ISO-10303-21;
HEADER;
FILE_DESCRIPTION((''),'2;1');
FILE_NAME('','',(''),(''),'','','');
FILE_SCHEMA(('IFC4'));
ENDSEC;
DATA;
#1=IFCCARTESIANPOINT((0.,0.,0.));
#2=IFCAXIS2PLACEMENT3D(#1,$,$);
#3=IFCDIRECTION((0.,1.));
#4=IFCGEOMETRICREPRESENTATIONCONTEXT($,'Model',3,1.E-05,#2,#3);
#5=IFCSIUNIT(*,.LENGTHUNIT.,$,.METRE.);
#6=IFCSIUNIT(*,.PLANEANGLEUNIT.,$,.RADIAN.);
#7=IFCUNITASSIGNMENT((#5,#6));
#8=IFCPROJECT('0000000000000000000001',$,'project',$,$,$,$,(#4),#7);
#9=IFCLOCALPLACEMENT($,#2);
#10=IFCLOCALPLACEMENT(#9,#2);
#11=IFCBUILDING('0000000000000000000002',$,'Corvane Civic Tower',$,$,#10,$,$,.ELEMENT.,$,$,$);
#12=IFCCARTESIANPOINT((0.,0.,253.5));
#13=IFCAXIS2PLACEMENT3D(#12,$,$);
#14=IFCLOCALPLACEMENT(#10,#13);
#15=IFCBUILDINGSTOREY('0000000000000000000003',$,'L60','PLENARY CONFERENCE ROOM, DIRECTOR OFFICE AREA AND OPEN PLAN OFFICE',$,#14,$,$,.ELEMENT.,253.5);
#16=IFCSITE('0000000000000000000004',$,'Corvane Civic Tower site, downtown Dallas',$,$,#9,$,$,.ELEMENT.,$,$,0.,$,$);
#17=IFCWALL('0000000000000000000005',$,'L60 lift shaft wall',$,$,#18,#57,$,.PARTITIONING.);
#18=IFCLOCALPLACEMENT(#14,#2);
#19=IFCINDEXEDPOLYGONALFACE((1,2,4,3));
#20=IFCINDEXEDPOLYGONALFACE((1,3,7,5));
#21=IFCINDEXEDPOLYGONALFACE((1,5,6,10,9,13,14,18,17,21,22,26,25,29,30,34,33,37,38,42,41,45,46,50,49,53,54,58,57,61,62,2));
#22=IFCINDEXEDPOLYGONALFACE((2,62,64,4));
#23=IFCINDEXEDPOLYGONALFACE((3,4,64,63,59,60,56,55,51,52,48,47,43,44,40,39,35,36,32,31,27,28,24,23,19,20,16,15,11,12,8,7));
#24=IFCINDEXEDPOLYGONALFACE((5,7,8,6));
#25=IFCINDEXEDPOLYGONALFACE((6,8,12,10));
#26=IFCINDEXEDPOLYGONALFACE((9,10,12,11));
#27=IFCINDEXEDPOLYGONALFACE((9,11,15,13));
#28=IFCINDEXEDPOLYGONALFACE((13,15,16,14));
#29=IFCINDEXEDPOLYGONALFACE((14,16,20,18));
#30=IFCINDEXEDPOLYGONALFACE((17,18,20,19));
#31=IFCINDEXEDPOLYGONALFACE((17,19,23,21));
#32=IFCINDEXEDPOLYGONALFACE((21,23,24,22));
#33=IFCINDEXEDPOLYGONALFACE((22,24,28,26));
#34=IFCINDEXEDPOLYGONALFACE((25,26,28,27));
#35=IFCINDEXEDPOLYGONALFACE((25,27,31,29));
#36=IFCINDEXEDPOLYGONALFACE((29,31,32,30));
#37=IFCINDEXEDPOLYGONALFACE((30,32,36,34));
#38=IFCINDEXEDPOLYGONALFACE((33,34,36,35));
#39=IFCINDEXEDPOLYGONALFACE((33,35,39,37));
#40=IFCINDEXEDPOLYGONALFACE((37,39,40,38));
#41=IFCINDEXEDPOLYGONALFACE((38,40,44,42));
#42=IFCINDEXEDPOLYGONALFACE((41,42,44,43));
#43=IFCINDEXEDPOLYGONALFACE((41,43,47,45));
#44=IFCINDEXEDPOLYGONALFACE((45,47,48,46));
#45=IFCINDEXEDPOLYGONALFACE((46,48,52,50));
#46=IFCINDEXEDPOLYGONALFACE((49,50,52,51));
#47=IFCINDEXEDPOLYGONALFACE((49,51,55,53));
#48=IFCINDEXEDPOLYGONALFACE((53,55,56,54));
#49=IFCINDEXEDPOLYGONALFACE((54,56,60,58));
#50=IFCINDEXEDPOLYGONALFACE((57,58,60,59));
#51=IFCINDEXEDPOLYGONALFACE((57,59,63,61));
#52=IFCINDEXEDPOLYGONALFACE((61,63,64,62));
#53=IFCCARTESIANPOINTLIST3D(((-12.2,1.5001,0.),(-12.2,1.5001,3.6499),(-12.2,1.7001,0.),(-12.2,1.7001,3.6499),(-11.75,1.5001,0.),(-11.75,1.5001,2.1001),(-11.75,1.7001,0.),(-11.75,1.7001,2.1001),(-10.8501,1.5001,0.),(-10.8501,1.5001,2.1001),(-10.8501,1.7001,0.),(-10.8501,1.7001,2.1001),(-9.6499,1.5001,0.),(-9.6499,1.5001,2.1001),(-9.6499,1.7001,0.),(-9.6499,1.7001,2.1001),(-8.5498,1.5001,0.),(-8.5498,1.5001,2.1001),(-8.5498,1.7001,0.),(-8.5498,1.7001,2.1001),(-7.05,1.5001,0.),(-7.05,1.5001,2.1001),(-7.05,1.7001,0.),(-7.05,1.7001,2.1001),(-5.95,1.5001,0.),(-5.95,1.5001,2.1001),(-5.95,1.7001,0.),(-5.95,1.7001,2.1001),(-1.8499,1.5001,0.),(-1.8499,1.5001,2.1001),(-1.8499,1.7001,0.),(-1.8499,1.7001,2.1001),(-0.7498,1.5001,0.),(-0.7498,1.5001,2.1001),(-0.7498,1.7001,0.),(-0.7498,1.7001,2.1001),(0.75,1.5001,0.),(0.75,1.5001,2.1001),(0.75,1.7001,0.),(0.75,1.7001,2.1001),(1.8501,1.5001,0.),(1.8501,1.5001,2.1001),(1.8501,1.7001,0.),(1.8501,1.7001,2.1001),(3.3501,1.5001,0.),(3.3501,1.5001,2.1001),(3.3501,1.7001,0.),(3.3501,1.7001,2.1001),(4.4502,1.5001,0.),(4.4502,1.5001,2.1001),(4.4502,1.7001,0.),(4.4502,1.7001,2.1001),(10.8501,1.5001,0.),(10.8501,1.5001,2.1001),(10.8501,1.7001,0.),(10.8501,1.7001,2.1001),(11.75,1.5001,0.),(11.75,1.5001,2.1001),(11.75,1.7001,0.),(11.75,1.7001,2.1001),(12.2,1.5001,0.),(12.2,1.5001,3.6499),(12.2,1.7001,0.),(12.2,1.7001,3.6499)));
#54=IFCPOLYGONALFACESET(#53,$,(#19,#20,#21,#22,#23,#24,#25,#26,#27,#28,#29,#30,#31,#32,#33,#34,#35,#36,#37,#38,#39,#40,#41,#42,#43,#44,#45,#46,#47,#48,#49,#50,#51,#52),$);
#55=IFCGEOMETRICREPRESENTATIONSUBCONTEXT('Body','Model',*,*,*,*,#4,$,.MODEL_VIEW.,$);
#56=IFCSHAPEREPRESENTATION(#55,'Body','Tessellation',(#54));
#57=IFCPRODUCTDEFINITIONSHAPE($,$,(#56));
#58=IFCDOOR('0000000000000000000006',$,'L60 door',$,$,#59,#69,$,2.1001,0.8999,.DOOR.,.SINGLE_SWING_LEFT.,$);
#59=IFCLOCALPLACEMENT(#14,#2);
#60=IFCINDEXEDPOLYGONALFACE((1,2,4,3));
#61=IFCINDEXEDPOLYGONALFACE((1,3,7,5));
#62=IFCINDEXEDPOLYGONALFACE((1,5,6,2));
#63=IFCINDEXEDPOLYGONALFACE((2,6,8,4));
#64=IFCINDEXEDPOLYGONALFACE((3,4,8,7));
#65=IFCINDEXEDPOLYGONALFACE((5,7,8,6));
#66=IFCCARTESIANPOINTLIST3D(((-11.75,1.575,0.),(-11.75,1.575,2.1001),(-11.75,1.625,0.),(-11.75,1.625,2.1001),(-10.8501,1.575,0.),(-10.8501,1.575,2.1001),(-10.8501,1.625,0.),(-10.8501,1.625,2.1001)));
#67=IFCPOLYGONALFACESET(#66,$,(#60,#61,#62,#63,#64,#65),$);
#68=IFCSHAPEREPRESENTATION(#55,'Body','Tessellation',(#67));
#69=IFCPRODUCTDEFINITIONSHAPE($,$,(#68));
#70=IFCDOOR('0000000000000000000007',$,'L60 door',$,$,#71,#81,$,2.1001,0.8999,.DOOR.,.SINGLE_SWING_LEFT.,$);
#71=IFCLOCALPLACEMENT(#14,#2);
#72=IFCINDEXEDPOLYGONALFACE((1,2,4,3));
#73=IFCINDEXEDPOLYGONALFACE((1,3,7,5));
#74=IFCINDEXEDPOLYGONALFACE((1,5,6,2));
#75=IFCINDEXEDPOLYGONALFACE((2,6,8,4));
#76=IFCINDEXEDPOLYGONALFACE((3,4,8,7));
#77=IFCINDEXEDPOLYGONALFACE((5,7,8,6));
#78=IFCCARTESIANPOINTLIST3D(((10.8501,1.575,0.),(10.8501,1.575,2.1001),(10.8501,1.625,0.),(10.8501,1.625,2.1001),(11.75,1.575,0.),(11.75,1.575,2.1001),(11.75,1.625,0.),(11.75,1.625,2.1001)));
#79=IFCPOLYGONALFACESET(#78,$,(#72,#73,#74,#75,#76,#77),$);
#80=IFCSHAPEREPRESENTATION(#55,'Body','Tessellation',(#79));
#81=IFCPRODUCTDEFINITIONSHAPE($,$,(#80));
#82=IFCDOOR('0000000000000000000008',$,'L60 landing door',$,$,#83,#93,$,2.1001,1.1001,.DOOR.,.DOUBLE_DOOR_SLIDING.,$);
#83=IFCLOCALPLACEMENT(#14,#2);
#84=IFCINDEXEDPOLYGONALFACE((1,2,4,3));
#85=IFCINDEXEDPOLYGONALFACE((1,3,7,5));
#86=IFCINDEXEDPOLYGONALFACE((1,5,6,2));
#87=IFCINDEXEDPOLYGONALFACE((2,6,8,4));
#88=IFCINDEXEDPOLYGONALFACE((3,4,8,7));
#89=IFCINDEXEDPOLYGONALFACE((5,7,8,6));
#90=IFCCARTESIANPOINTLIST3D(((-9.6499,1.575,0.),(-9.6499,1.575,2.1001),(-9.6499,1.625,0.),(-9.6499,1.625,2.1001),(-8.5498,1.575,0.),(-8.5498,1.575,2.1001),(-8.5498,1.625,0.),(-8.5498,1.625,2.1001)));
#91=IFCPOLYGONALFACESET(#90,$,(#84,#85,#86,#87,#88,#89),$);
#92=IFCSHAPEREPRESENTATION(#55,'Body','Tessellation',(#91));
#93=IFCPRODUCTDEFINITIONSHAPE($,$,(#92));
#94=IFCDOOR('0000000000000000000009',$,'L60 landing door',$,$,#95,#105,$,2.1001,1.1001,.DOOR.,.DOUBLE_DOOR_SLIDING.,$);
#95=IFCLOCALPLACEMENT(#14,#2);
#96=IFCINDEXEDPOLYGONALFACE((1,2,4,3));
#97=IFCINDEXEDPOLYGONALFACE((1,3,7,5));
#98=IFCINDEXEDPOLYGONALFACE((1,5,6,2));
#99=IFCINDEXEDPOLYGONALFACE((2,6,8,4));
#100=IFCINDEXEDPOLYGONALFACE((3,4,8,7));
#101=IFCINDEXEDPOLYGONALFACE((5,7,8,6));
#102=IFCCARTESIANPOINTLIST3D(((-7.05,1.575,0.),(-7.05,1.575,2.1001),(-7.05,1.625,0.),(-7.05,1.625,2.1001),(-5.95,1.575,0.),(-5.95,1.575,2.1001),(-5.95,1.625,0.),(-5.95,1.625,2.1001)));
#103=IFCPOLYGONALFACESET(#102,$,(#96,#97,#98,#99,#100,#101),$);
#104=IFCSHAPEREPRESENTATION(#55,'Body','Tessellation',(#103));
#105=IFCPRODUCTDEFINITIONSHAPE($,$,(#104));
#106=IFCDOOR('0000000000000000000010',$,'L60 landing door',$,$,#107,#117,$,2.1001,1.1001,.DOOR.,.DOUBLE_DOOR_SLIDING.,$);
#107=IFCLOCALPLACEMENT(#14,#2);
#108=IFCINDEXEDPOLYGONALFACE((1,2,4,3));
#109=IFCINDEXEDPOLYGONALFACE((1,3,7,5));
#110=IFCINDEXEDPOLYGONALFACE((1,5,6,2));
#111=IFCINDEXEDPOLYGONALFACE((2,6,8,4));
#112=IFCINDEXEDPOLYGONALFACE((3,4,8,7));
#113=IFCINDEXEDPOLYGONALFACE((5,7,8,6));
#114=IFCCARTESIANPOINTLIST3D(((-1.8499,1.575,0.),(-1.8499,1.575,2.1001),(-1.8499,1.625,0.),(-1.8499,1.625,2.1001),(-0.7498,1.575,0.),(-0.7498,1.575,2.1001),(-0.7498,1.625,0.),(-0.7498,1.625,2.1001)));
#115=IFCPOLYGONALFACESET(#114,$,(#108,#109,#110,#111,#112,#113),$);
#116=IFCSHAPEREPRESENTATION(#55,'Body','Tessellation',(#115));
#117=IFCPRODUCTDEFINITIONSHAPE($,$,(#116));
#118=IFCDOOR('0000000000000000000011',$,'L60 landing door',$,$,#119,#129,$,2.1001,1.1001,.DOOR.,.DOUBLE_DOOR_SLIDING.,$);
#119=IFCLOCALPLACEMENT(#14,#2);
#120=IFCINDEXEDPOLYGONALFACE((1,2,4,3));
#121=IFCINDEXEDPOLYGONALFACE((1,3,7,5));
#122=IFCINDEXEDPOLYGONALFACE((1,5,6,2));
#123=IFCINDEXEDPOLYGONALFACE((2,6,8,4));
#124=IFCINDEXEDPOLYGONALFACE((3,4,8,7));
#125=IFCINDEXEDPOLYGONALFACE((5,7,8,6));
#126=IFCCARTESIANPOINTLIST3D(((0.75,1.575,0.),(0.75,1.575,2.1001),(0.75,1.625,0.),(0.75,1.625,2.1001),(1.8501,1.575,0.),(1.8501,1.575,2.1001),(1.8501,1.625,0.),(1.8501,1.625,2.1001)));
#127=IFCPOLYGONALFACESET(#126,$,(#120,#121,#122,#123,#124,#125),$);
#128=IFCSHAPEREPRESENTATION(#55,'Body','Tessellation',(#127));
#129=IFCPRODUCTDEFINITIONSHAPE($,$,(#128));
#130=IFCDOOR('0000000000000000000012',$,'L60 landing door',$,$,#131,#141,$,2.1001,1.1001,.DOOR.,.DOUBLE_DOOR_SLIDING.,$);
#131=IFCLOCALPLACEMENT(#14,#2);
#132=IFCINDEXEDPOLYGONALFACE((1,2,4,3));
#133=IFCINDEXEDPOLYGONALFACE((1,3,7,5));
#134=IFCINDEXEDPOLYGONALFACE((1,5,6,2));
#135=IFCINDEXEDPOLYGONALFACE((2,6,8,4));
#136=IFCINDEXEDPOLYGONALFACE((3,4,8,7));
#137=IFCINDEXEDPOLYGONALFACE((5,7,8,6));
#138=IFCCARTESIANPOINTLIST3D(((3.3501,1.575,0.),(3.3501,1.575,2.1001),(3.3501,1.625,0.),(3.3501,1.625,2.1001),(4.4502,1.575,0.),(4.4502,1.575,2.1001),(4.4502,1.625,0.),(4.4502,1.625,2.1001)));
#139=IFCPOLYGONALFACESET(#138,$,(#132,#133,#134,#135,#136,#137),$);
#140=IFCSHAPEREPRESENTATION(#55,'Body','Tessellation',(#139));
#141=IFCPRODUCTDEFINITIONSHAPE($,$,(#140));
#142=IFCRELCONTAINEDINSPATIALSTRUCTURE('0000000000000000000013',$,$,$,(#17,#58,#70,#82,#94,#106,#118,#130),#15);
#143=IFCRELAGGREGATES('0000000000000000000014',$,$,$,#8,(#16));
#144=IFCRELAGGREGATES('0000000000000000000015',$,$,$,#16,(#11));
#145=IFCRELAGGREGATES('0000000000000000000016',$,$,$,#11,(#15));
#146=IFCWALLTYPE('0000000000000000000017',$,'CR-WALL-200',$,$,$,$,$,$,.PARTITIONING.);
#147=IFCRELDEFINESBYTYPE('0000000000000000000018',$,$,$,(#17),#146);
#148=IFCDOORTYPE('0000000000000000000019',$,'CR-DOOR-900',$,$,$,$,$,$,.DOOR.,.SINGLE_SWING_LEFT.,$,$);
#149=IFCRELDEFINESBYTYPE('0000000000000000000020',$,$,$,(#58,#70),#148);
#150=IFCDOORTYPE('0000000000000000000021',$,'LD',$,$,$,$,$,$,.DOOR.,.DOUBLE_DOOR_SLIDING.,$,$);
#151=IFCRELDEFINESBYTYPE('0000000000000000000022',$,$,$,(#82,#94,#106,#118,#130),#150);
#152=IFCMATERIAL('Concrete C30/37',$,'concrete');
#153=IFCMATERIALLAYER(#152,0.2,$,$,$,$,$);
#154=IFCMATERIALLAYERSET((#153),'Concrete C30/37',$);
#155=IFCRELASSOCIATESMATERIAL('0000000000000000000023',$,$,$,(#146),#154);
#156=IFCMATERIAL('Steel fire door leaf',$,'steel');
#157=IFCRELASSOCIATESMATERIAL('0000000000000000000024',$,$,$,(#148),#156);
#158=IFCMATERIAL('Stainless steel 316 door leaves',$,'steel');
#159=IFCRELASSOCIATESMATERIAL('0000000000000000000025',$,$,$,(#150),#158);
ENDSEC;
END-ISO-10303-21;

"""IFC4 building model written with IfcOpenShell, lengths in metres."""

from ifc_helpers import new_model, si_unit, direction, frame, frame_2d, origin, place, context, subcontext, project, spatial, rectangle, extrude, material, layer, layer_set, type_object, element, fill, save


model = new_model("IFC4")

# Units and contexts
model_context = context("Model", 3, precision=1e-05, world=origin(), true_north=direction((0.0, 1.0)))
body_context = subcontext(model_context, "Body", "Model", "MODEL_VIEW")
ifc_project = project(units=[si_unit("LENGTHUNIT", "METRE"), si_unit("PLANEANGLEUNIT", "RADIAN")], contexts=[model_context])

# Site, building, storey
site_placement = place(None, origin())
site = spatial("IfcSite", under=ifc_project, at=site_placement, Name="Corvane Civic Tower site, downtown Dallas", CompositionType="ELEMENT", RefElevation=0.0)
building_placement = place(site_placement, origin())
building = spatial("IfcBuilding", under=site, at=building_placement, Name="Corvane Civic Tower", CompositionType="ELEMENT")
storey_placement = place(building_placement, frame((0.0, 0.0, 253.5)))
storey = spatial("IfcBuildingStorey", under=building, at=storey_placement, Name="L60", Description="PLENARY CONFERENCE ROOM, DIRECTOR OFFICE AREA AND OPEN PLAN OFFICE", CompositionType="ELEMENT", Elevation=253.5)

# Wall, openings, doors
ifc_material_1 = material(Name="Concrete C30/37", Category="concrete")
ifc_layer_1 = layer(ifc_material_1, 0.2)
ifc_layer_set_1 = layer_set([ifc_layer_1], Name="Concrete C30/37")
wall_type_1 = type_object("IfcWallType", Name="CR-WALL-200", PredefinedType="PARTITIONING", material=ifc_layer_set_1)
wall_1_placement = place(storey_placement, frame((-12.2, 1.6001, 0.0), z_axis=(0.0, 0.0, 1.0), x_axis=(1.0, 0.0, 0.0)))
wall_1 = element("IfcWall", 1, at=wall_1_placement, inside=storey, type_object=wall_type_1, Name="L60 lift shaft wall", PredefinedType="PARTITIONING", context=body_context, shape_type="SweptSolid", body=[
    extrude(rectangle(XDim=24.3999, YDim=0.2, at=frame_2d((12.2, 0.0))), origin(), (0.0, 0.0, 1.0), 3.6499),
])
opening_1_placement = place(wall_1_placement, frame((2.55, 0.0, 0.0)))
opening_1 = element("IfcOpeningElement", 2, at=opening_1_placement, cuts=wall_1, PredefinedType="OPENING", context=body_context, shape_type="SweptSolid", body=[
    extrude(rectangle(XDim=1.1001, YDim=2.1001, at=frame_2d((0.55, 1.05))), frame((0.0, 0.1099, 0.0), z_axis=(0.0, -1.0, 0.0), x_axis=(1.0, 0.0, 0.0)), (0.0, 0.0, 1.0), 0.22),
])
opening_2_placement = place(wall_1_placement, frame((5.1499, 0.0, 0.0)))
opening_2 = element("IfcOpeningElement", 3, at=opening_2_placement, cuts=wall_1, PredefinedType="OPENING", context=body_context, shape_type="SweptSolid", body=[
    extrude(rectangle(XDim=1.1001, YDim=2.1001, at=frame_2d((0.55, 1.05))), frame((0.0, 0.1099, 0.0), z_axis=(0.0, -1.0, 0.0), x_axis=(1.0, 0.0, 0.0)), (0.0, 0.0, 1.0), 0.22),
])
opening_3_placement = place(wall_1_placement, frame((10.3501, 0.0, 0.0)))
opening_3 = element("IfcOpeningElement", 4, at=opening_3_placement, cuts=wall_1, PredefinedType="OPENING", context=body_context, shape_type="SweptSolid", body=[
    extrude(rectangle(XDim=1.1001, YDim=2.1001, at=frame_2d((0.55, 1.05))), frame((0.0, 0.1099, 0.0), z_axis=(0.0, -1.0, 0.0), x_axis=(1.0, 0.0, 0.0)), (0.0, 0.0, 1.0), 0.22),
])
opening_4_placement = place(wall_1_placement, frame((12.95, 0.0, 0.0)))
opening_4 = element("IfcOpeningElement", 5, at=opening_4_placement, cuts=wall_1, PredefinedType="OPENING", context=body_context, shape_type="SweptSolid", body=[
    extrude(rectangle(XDim=1.1001, YDim=2.1001, at=frame_2d((0.55, 1.05))), frame((0.0, 0.1099, 0.0), z_axis=(0.0, -1.0, 0.0), x_axis=(1.0, 0.0, 0.0)), (0.0, 0.0, 1.0), 0.22),
])
opening_5_placement = place(wall_1_placement, frame((15.55, 0.0, 0.0)))
opening_5 = element("IfcOpeningElement", 6, at=opening_5_placement, cuts=wall_1, PredefinedType="OPENING", context=body_context, shape_type="SweptSolid", body=[
    extrude(rectangle(XDim=1.1001, YDim=2.1001, at=frame_2d((0.55, 1.05))), frame((0.0, 0.1099, 0.0), z_axis=(0.0, -1.0, 0.0), x_axis=(1.0, 0.0, 0.0)), (0.0, 0.0, 1.0), 0.22),
])
opening_6_placement = place(wall_1_placement, frame((0.45, 0.0, 0.0)))
opening_6 = element("IfcOpeningElement", 7, at=opening_6_placement, cuts=wall_1, PredefinedType="OPENING", context=body_context, shape_type="SweptSolid", body=[
    extrude(rectangle(XDim=0.8999, YDim=2.1001, at=frame_2d((0.45, 1.05))), frame((0.0, 0.1099, 0.0), z_axis=(0.0, -1.0, 0.0), x_axis=(1.0, 0.0, 0.0)), (0.0, 0.0, 1.0), 0.22),
])
opening_7_placement = place(wall_1_placement, frame((23.05, 0.0, 0.0)))
opening_7 = element("IfcOpeningElement", 8, at=opening_7_placement, cuts=wall_1, PredefinedType="OPENING", context=body_context, shape_type="SweptSolid", body=[
    extrude(rectangle(XDim=0.8999, YDim=2.1001, at=frame_2d((0.45, 1.05))), frame((0.0, 0.1099, 0.0), z_axis=(0.0, -1.0, 0.0), x_axis=(1.0, 0.0, 0.0)), (0.0, 0.0, 1.0), 0.22),
])
ifc_material_2 = material(Name="Steel fire door leaf", Category="steel")
door_type_1 = type_object("IfcDoorType", Name="CR-DOOR-900", OperationType="SINGLE_SWING_LEFT", PredefinedType="DOOR", material=ifc_material_2)
door_1_placement = place(opening_6_placement, origin())
door_1 = element("IfcDoor", 9, at=door_1_placement, inside=storey, type_object=door_type_1, Name="L60 door", OperationType="SINGLE_SWING_LEFT", OverallHeight=2.1001, OverallWidth=0.8999, PredefinedType="DOOR", context=body_context, shape_type="SweptSolid", body=[
    extrude(rectangle(XDim=0.8999, YDim=2.1001, at=frame_2d((0.45, 1.05))), frame((0.0, 0.0249, 0.0), z_axis=(0.0, -1.0, 0.0), x_axis=(1.0, 0.0, 0.0)), (0.0, 0.0, 1.0), 0.05),
])
fill(opening_6, door_1)
door_2_placement = place(opening_7_placement, origin())
door_2 = element("IfcDoor", 10, at=door_2_placement, inside=storey, type_object=door_type_1, Name="L60 door", OperationType="SINGLE_SWING_LEFT", OverallHeight=2.1001, OverallWidth=0.8999, PredefinedType="DOOR", context=body_context, shape_type="SweptSolid", body=[
    extrude(rectangle(XDim=0.8999, YDim=2.1001, at=frame_2d((0.45, 1.05))), frame((0.0, 0.0249, 0.0), z_axis=(0.0, -1.0, 0.0), x_axis=(1.0, 0.0, 0.0)), (0.0, 0.0, 1.0), 0.05),
])
fill(opening_7, door_2)
ifc_material_3 = material(Name="Stainless steel 316 door leaves", Category="steel")
door_type_2 = type_object("IfcDoorType", Name="LD", OperationType="DOUBLE_DOOR_SLIDING", PredefinedType="DOOR", material=ifc_material_3)
door_3_placement = place(opening_1_placement, origin())
door_3 = element("IfcDoor", 11, at=door_3_placement, inside=storey, type_object=door_type_2, Name="L60 landing door", OperationType="DOUBLE_DOOR_SLIDING", OverallHeight=2.1001, OverallWidth=1.1001, PredefinedType="DOOR", context=body_context, shape_type="SweptSolid", body=[
    extrude(rectangle(XDim=1.1001, YDim=2.1001, at=frame_2d((0.55, 1.05))), frame((0.0, 0.0249, 0.0), z_axis=(0.0, -1.0, 0.0), x_axis=(1.0, 0.0, 0.0)), (0.0, 0.0, 1.0), 0.05),
])
fill(opening_1, door_3)
door_4_placement = place(opening_2_placement, origin())
door_4 = element("IfcDoor", 12, at=door_4_placement, inside=storey, type_object=door_type_2, Name="L60 landing door", OperationType="DOUBLE_DOOR_SLIDING", OverallHeight=2.1001, OverallWidth=1.1001, PredefinedType="DOOR", context=body_context, shape_type="SweptSolid", body=[
    extrude(rectangle(XDim=1.1001, YDim=2.1001, at=frame_2d((0.55, 1.05))), frame((0.0, 0.0249, 0.0), z_axis=(0.0, -1.0, 0.0), x_axis=(1.0, 0.0, 0.0)), (0.0, 0.0, 1.0), 0.05),
])
fill(opening_2, door_4)
door_5_placement = place(opening_3_placement, origin())
door_5 = element("IfcDoor", 13, at=door_5_placement, inside=storey, type_object=door_type_2, Name="L60 landing door", OperationType="DOUBLE_DOOR_SLIDING", OverallHeight=2.1001, OverallWidth=1.1001, PredefinedType="DOOR", context=body_context, shape_type="SweptSolid", body=[
    extrude(rectangle(XDim=1.1001, YDim=2.1001, at=frame_2d((0.55, 1.05))), frame((0.0, 0.0249, 0.0), z_axis=(0.0, -1.0, 0.0), x_axis=(1.0, 0.0, 0.0)), (0.0, 0.0, 1.0), 0.05),
])
fill(opening_3, door_5)
door_6_placement = place(opening_4_placement, origin())
door_6 = element("IfcDoor", 14, at=door_6_placement, inside=storey, type_object=door_type_2, Name="L60 landing door", OperationType="DOUBLE_DOOR_SLIDING", OverallHeight=2.1001, OverallWidth=1.1001, PredefinedType="DOOR", context=body_context, shape_type="SweptSolid", body=[
    extrude(rectangle(XDim=1.1001, YDim=2.1001, at=frame_2d((0.55, 1.05))), frame((0.0, 0.0249, 0.0), z_axis=(0.0, -1.0, 0.0), x_axis=(1.0, 0.0, 0.0)), (0.0, 0.0, 1.0), 0.05),
])
fill(opening_4, door_6)
door_7_placement = place(opening_5_placement, origin())
door_7 = element("IfcDoor", 15, at=door_7_placement, inside=storey, type_object=door_type_2, Name="L60 landing door", OperationType="DOUBLE_DOOR_SLIDING", OverallHeight=2.1001, OverallWidth=1.1001, PredefinedType="DOOR", context=body_context, shape_type="SweptSolid", body=[
    extrude(rectangle(XDim=1.1001, YDim=2.1001, at=frame_2d((0.55, 1.05))), frame((0.0, 0.0249, 0.0), z_axis=(0.0, -1.0, 0.0), x_axis=(1.0, 0.0, 0.0)), (0.0, 0.0, 1.0), 0.05),
])
fill(opening_5, door_7)

save(model, "model.ifc")
